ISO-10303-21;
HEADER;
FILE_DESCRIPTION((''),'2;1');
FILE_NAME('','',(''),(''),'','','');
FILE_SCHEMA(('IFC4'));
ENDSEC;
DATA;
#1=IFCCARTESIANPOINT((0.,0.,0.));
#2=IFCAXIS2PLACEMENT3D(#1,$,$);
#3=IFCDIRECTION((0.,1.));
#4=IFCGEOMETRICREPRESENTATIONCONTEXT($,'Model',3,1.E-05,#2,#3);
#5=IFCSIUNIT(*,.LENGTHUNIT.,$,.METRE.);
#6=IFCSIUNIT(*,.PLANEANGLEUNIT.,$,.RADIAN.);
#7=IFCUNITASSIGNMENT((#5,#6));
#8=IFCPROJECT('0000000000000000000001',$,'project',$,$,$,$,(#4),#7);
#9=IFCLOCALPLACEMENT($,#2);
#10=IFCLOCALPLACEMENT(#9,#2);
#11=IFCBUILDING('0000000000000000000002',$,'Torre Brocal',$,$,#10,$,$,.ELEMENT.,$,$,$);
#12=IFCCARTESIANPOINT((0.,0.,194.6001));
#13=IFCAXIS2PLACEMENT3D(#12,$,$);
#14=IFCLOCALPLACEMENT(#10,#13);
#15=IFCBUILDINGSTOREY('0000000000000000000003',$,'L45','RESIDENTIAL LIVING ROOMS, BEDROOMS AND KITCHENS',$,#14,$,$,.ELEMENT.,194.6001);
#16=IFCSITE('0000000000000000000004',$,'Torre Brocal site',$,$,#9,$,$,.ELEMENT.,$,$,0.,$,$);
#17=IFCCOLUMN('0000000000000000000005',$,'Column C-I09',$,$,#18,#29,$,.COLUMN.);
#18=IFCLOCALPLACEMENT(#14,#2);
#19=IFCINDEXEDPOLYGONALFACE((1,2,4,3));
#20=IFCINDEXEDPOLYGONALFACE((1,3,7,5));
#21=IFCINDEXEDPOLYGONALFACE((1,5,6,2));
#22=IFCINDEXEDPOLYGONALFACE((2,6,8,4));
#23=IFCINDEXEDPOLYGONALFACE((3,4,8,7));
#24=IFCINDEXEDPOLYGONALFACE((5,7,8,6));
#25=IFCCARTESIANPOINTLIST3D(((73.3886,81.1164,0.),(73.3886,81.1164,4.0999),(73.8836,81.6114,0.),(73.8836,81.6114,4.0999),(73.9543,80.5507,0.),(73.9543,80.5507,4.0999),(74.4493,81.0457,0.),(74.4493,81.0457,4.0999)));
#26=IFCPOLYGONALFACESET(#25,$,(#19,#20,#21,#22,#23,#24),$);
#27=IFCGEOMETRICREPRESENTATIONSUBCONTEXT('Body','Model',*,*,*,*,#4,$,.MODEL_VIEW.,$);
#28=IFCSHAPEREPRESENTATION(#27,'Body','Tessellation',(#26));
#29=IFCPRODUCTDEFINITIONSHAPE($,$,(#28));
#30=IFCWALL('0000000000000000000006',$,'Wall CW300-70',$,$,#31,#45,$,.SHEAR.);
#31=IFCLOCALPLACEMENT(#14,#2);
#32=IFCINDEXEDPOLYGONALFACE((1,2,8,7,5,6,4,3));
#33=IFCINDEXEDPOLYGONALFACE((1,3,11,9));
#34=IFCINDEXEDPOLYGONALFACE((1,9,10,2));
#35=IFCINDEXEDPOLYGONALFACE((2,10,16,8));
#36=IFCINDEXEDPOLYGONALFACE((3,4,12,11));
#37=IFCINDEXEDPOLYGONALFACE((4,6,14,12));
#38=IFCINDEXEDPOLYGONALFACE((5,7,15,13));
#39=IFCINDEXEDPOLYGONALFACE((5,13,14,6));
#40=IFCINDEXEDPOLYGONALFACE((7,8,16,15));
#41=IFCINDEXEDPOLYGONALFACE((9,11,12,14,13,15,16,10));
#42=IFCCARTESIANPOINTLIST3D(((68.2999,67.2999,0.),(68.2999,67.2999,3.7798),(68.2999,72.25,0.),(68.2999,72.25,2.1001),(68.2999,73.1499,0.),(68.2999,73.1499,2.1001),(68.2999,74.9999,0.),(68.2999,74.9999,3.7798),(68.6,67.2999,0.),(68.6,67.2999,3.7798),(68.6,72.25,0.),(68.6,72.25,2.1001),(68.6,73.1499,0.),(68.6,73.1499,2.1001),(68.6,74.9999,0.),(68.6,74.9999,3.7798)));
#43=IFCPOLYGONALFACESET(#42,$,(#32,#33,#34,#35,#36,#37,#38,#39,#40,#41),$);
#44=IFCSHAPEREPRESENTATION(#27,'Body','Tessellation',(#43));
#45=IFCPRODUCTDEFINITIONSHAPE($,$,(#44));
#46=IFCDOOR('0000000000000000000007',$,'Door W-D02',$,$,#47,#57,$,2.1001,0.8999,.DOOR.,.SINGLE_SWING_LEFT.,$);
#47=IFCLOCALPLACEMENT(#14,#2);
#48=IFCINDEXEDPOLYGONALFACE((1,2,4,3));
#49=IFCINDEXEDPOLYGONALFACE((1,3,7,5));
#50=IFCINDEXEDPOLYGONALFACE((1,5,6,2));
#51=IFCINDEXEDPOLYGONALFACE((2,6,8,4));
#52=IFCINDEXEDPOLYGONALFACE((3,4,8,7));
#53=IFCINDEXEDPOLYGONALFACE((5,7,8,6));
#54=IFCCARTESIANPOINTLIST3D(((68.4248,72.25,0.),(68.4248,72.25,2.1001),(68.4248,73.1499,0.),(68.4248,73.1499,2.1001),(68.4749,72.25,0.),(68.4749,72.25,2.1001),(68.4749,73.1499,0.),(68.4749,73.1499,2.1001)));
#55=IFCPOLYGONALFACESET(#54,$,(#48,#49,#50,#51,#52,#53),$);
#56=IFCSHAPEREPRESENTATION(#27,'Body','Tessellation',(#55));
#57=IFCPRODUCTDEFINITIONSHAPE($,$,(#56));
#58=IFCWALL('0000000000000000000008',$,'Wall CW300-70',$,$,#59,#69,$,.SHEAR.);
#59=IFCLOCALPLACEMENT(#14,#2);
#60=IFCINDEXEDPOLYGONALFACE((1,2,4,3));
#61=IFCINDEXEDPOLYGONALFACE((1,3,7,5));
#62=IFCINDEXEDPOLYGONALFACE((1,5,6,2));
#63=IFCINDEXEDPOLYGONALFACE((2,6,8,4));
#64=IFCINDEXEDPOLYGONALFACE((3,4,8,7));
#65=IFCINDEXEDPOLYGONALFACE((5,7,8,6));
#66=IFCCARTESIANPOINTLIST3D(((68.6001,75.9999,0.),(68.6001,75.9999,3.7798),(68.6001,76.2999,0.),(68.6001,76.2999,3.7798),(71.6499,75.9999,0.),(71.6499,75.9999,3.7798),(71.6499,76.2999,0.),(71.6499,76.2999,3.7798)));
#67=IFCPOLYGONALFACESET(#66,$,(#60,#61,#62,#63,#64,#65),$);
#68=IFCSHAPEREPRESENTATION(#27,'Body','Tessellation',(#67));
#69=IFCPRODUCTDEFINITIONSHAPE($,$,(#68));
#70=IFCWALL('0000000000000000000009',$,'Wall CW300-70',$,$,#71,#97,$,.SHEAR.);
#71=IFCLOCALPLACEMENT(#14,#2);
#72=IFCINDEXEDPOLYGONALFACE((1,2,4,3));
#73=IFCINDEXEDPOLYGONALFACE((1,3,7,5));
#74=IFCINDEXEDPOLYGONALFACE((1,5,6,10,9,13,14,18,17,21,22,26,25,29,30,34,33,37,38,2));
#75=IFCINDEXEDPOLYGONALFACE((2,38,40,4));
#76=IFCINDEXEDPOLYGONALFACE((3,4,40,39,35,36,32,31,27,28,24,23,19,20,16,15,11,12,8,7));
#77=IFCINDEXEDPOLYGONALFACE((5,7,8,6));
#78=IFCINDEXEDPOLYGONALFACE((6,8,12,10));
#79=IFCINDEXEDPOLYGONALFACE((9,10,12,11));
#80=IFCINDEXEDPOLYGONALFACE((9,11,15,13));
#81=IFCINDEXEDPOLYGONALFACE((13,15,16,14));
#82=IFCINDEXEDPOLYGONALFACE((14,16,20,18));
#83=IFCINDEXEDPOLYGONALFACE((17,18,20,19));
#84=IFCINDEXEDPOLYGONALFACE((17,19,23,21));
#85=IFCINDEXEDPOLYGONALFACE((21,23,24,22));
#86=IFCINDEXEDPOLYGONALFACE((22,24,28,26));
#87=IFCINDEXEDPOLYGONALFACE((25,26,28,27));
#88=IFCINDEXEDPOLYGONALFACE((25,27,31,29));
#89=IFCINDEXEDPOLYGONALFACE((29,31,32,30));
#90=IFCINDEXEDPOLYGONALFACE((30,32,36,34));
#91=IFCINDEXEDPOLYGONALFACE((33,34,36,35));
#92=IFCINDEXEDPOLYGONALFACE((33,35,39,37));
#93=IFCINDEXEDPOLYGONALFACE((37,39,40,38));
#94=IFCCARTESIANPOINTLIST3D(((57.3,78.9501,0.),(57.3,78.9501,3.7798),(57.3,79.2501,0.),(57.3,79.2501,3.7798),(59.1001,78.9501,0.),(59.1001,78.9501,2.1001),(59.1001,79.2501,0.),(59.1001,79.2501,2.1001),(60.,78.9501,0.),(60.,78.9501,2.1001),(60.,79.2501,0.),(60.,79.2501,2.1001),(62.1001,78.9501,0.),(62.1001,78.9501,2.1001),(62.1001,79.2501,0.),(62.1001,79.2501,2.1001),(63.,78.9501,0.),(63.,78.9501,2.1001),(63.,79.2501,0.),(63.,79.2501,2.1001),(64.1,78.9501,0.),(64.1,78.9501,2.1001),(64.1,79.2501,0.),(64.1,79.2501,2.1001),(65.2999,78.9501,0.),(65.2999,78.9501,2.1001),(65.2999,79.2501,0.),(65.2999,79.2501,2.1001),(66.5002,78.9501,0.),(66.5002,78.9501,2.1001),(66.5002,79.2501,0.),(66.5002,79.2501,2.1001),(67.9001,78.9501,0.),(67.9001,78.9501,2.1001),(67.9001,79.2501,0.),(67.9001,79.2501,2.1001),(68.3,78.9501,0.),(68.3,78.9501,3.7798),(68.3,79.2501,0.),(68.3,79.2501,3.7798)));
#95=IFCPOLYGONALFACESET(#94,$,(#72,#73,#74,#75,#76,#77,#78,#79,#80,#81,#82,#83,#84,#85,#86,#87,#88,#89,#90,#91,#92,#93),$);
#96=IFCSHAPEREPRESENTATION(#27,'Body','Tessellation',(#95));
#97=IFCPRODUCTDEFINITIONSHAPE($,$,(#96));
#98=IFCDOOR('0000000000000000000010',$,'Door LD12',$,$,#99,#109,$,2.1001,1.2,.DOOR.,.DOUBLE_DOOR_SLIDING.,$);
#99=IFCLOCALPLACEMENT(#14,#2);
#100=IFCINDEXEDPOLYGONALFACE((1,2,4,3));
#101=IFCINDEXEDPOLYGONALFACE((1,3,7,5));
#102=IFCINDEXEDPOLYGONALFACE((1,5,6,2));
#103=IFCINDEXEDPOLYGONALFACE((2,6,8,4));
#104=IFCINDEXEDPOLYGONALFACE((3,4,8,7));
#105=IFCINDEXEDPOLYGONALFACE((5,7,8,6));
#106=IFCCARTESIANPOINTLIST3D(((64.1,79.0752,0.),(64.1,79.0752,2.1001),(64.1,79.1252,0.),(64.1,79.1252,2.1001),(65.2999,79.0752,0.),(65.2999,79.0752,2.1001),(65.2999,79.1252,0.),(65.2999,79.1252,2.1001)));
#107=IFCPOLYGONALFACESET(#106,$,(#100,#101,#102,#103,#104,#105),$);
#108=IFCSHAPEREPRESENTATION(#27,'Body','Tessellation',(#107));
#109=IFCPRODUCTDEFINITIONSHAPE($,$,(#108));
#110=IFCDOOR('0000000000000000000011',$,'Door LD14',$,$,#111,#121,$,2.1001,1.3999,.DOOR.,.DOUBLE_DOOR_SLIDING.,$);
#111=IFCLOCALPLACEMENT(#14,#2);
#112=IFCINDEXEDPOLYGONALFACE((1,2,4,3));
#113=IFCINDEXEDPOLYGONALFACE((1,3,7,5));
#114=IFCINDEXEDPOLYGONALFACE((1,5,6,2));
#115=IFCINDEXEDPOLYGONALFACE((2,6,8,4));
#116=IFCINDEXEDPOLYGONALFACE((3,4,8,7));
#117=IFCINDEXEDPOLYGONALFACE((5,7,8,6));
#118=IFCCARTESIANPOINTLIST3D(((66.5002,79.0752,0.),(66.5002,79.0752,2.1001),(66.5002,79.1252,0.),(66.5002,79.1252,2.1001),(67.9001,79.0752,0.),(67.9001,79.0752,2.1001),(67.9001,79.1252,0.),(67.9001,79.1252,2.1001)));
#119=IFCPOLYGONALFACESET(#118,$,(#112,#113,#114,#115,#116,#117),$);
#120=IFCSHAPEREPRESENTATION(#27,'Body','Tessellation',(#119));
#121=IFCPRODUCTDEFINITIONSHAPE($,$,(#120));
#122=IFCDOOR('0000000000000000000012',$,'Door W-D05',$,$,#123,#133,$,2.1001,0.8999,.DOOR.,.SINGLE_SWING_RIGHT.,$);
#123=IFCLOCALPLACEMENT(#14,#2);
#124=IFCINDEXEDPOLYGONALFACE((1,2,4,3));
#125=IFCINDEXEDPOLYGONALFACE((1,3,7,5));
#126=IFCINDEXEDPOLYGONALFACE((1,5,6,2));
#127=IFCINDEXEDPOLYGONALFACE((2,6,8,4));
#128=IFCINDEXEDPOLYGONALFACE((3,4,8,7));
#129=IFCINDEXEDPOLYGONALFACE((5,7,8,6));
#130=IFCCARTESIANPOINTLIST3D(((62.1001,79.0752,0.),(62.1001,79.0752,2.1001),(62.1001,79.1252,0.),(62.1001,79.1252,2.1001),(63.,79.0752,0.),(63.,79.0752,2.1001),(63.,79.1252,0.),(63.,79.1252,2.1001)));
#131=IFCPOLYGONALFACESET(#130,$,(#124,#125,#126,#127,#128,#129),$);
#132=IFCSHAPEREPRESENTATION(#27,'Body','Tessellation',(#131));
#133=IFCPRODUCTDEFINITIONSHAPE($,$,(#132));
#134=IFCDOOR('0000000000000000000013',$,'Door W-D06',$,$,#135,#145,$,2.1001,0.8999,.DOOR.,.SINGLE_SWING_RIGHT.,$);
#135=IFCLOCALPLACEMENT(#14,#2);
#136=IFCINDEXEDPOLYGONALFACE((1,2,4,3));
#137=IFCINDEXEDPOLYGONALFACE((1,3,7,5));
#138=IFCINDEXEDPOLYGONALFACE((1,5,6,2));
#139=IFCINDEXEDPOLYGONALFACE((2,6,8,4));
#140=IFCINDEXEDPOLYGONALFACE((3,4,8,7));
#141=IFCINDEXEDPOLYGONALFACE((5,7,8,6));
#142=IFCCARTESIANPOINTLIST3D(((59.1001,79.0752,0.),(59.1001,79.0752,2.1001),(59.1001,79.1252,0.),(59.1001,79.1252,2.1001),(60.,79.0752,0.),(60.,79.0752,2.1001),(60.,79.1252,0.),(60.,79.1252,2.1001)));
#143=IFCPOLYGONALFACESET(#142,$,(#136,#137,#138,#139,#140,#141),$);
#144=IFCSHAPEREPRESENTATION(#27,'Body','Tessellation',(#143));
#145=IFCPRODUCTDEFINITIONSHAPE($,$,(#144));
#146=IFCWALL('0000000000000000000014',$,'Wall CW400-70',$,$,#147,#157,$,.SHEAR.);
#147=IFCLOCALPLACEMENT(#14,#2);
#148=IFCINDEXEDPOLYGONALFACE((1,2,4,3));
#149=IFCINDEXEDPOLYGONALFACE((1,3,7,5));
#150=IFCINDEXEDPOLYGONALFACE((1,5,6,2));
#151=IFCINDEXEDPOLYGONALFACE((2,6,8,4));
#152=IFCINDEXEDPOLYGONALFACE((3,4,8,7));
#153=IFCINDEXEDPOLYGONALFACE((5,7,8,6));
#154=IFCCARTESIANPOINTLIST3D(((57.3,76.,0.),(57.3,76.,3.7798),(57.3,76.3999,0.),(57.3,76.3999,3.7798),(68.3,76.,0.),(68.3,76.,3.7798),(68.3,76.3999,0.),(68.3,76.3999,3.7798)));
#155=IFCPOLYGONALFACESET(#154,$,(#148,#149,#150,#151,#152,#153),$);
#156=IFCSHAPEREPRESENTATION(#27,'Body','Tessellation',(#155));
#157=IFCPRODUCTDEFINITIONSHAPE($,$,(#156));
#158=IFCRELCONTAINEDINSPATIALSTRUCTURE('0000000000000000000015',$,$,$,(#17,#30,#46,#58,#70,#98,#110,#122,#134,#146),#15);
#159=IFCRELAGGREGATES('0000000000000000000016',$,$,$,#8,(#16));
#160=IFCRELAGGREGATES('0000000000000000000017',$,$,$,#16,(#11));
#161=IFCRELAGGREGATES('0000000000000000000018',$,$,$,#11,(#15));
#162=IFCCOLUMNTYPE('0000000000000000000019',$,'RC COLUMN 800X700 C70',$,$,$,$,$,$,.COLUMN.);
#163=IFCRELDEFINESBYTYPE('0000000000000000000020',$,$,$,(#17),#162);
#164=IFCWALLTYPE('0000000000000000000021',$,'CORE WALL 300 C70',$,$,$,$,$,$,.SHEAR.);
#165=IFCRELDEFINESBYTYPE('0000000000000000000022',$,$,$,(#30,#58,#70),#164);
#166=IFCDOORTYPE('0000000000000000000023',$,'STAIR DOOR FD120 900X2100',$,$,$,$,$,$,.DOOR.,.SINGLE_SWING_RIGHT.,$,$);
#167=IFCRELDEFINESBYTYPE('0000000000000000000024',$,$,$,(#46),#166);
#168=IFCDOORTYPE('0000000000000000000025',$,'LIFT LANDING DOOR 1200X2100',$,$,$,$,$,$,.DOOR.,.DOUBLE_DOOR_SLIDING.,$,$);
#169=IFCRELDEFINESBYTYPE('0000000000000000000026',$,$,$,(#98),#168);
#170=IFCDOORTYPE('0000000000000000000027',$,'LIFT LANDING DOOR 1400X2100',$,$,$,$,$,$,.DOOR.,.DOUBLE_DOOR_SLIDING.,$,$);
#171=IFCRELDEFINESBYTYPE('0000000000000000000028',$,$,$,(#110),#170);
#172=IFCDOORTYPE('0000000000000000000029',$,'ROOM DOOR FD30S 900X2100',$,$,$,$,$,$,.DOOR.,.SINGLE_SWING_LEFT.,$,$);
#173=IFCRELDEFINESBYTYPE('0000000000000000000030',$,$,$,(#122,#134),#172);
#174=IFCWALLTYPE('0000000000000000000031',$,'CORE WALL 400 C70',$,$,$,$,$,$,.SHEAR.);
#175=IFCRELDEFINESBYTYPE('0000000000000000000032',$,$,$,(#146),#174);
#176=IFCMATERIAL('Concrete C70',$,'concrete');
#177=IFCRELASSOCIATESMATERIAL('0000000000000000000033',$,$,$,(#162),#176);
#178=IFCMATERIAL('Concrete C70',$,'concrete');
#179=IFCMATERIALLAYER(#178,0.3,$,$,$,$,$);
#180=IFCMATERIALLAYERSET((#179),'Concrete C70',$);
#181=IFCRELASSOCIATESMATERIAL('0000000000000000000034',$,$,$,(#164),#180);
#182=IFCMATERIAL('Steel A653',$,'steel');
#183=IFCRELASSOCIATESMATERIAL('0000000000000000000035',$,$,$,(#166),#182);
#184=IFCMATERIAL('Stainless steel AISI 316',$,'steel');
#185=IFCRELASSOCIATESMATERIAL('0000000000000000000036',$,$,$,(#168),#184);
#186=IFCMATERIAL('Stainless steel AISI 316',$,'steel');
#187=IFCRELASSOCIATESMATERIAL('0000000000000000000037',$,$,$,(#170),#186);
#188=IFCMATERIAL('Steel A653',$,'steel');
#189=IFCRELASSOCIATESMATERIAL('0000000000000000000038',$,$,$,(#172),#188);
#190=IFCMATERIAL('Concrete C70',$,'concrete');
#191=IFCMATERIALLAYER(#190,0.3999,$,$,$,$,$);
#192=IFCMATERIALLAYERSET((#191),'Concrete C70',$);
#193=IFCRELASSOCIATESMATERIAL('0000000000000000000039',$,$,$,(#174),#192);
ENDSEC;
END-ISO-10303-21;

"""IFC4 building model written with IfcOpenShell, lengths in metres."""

from ifc_helpers import new_model, si_unit, direction, frame, frame_2d, origin, origin_2d, place, context, subcontext, project, spatial, rectangle, extrude, material, layer, layer_set, material_profile, profile_set, type_object, element, fill, save


model = new_model("IFC4")

# Units and contexts
model_context = context("Model", 3, precision=1e-05, world=origin(), true_north=direction((0.0, 1.0)))
body_context = subcontext(model_context, "Body", "Model", "MODEL_VIEW")
ifc_project = project(units=[si_unit("LENGTHUNIT", "METRE"), si_unit("PLANEANGLEUNIT", "RADIAN")], contexts=[model_context])

# Site, building, storey
site_placement = place(None, origin())
site = spatial("IfcSite", under=ifc_project, at=site_placement, Name="Torre Brocal site", CompositionType="ELEMENT", RefElevation=0.0)
building_placement = place(site_placement, origin())
building = spatial("IfcBuilding", under=site, at=building_placement, Name="Torre Brocal", CompositionType="ELEMENT")
storey_placement = place(building_placement, frame((0.0, 0.0, 194.6001)))
storey = spatial("IfcBuildingStorey", under=building, at=storey_placement, Name="L45", Description="RESIDENTIAL LIVING ROOMS, BEDROOMS AND KITCHENS", CompositionType="ELEMENT", Elevation=194.6001)

# Column
ifc_material_1 = material(Name="Concrete C70", Category="concrete")
ifc_material_profile = material_profile(ifc_material_1, rectangle(XDim=0.8, YDim=0.7, at=origin_2d()), Name="RC 800X700")
ifc_profile_set = profile_set([ifc_material_profile], Name="Concrete C70")
column_type = type_object("IfcColumnType", Name="RC COLUMN 800X700 C70", PredefinedType="COLUMN", material=ifc_profile_set)
column_placement = place(storey_placement, frame((73.9189, 81.0811, 0.0), z_axis=(0.0, 0.0, 1.0), x_axis=(-0.707107, 0.707107, 0.0)))
element("IfcColumn", 1, at=column_placement, inside=storey, type_object=column_type, Name="Column C-I09", PredefinedType="COLUMN", context=body_context, shape_type="SweptSolid", body=[
    extrude(rectangle(XDim=0.8, YDim=0.7, at=origin_2d()), origin(), (0.0, 0.0, 1.0), 4.0999),
])

# Wall, opening, door
ifc_material_2 = material(Name="Concrete C70", Category="concrete")
ifc_layer_1 = layer(ifc_material_2, 0.3)
ifc_layer_set_1 = layer_set([ifc_layer_1], Name="Concrete C70")
wall_type_1 = type_object("IfcWallType", Name="CORE WALL 300 C70", PredefinedType="SHEAR", material=ifc_layer_set_1)
wall_1_placement = place(storey_placement, frame((68.45, 75.0, 0.0), z_axis=(0.0, 0.0, 1.0), x_axis=(0.0, -1.0, 0.0)))
wall_1 = element("IfcWall", 2, at=wall_1_placement, inside=storey, type_object=wall_type_1, Name="Wall CW300-70", PredefinedType="SHEAR", context=body_context, shape_type="SweptSolid", body=[
    extrude(rectangle(XDim=7.7, YDim=0.3, at=frame_2d((3.8501, 0.0))), origin(), (0.0, 0.0, 1.0), 3.7798),
])
opening_1_placement = place(wall_1_placement, frame((1.8501, 0.0, 0.0)))
opening_1 = element("IfcOpeningElement", 3, at=opening_1_placement, cuts=wall_1, PredefinedType="OPENING", context=body_context, shape_type="SweptSolid", body=[
    extrude(rectangle(XDim=0.8999, YDim=2.1001, at=frame_2d((0.45, 1.05))), frame((0.0, 0.1599, 0.0), z_axis=(0.0, -1.0, 0.0), x_axis=(1.0, 0.0, 0.0)), (0.0, 0.0, 1.0), 0.3201),
])
ifc_material_3 = material(Name="Steel A653", Category="steel")
door_type_1 = type_object("IfcDoorType", Name="STAIR DOOR FD120 900X2100", OperationType="SINGLE_SWING_RIGHT", PredefinedType="DOOR", material=ifc_material_3)
door_1_placement = place(opening_1_placement, origin())
door_1 = element("IfcDoor", 4, at=door_1_placement, inside=storey, type_object=door_type_1, Name="Door W-D02", OperationType="SINGLE_SWING_LEFT", OverallHeight=2.1001, OverallWidth=0.8999, PredefinedType="DOOR", context=body_context, shape_type="SweptSolid", body=[
    extrude(rectangle(XDim=0.8999, YDim=2.1001, at=frame_2d((0.45, 1.05))), frame((0.0, 0.0249, 0.0), z_axis=(0.0, -1.0, 0.0), x_axis=(1.0, 0.0, 0.0)), (0.0, 0.0, 1.0), 0.05),
])
fill(opening_1, door_1)

# Wall
wall_2_placement = place(storey_placement, frame((71.6499, 76.1499, 0.0), z_axis=(0.0, 0.0, 1.0), x_axis=(-1.0, 0.0, 0.0)))
element("IfcWall", 5, at=wall_2_placement, inside=storey, type_object=wall_type_1, Name="Wall CW300-70", PredefinedType="SHEAR", context=body_context, shape_type="SweptSolid", body=[
    extrude(rectangle(XDim=3.0498, YDim=0.3, at=frame_2d((1.5249, 0.0))), origin(), (0.0, 0.0, 1.0), 3.7798),
])

# Wall, openings, doors
wall_3_placement = place(storey_placement, frame((68.3, 79.1001, 0.0), z_axis=(0.0, 0.0, 1.0), x_axis=(-1.0, 0.0, 0.0)))
wall_3 = element("IfcWall", 6, at=wall_3_placement, inside=storey, type_object=wall_type_1, Name="Wall CW300-70", PredefinedType="SHEAR", context=body_context, shape_type="SweptSolid", body=[
    extrude(rectangle(XDim=11.0, YDim=0.3, at=frame_2d((5.5, 0.0))), origin(), (0.0, 0.0, 1.0), 3.7798),
])
opening_2_placement = place(wall_3_placement, frame((0.3999, 0.0, 0.0)))
opening_2 = element("IfcOpeningElement", 7, at=opening_2_placement, cuts=wall_3, PredefinedType="OPENING", context=body_context, shape_type="SweptSolid", body=[
    extrude(rectangle(XDim=1.3999, YDim=2.1001, at=frame_2d((0.7, 1.05))), frame((0.0, 0.1599, 0.0), z_axis=(0.0, -1.0, 0.0), x_axis=(1.0, 0.0, 0.0)), (0.0, 0.0, 1.0), 0.3201),
])
opening_3_placement = place(wall_3_placement, frame((3.0, 0.0, 0.0)))
opening_3 = element("IfcOpeningElement", 8, at=opening_3_placement, cuts=wall_3, PredefinedType="OPENING", context=body_context, shape_type="SweptSolid", body=[
    extrude(rectangle(XDim=1.2, YDim=2.1001, at=frame_2d((0.6001, 1.05))), frame((0.0, 0.1599, 0.0), z_axis=(0.0, -1.0, 0.0), x_axis=(1.0, 0.0, 0.0)), (0.0, 0.0, 1.0), 0.3201),
])
opening_4_placement = place(wall_3_placement, frame((5.3, 0.0, 0.0)))
opening_4 = element("IfcOpeningElement", 9, at=opening_4_placement, cuts=wall_3, PredefinedType="OPENING", context=body_context, shape_type="SweptSolid", body=[
    extrude(rectangle(XDim=0.8999, YDim=2.1001, at=frame_2d((0.45, 1.05))), frame((0.0, 0.1599, 0.0), z_axis=(0.0, -1.0, 0.0), x_axis=(1.0, 0.0, 0.0)), (0.0, 0.0, 1.0), 0.3201),
])
opening_5_placement = place(wall_3_placement, frame((8.3, 0.0, 0.0)))
opening_5 = element("IfcOpeningElement", 10, at=opening_5_placement, cuts=wall_3, PredefinedType="OPENING", context=body_context, shape_type="SweptSolid", body=[
    extrude(rectangle(XDim=0.8999, YDim=2.1001, at=frame_2d((0.45, 1.05))), frame((0.0, 0.1599, 0.0), z_axis=(0.0, -1.0, 0.0), x_axis=(1.0, 0.0, 0.0)), (0.0, 0.0, 1.0), 0.3201),
])
ifc_material_4 = material(Name="Stainless steel AISI 316", Category="steel")
door_type_2 = type_object("IfcDoorType", Name="LIFT LANDING DOOR 1200X2100", OperationType="DOUBLE_DOOR_SLIDING", PredefinedType="DOOR", material=ifc_material_4)
door_2_placement = place(opening_3_placement, origin())
door_2 = element("IfcDoor", 11, at=door_2_placement, inside=storey, type_object=door_type_2, Name="Door LD12", OperationType="DOUBLE_DOOR_SLIDING", OverallHeight=2.1001, OverallWidth=1.2, PredefinedType="DOOR", context=body_context, shape_type="SweptSolid", body=[
    extrude(rectangle(XDim=1.2, YDim=2.1001, at=frame_2d((0.6001, 1.05))), frame((0.0, 0.0249, 0.0), z_axis=(0.0, -1.0, 0.0), x_axis=(1.0, 0.0, 0.0)), (0.0, 0.0, 1.0), 0.05),
])
fill(opening_3, door_2)
ifc_material_5 = material(Name="Stainless steel AISI 316", Category="steel")
door_type_3 = type_object("IfcDoorType", Name="LIFT LANDING DOOR 1400X2100", OperationType="DOUBLE_DOOR_SLIDING", PredefinedType="DOOR", material=ifc_material_5)
door_3_placement = place(opening_2_placement, origin())
door_3 = element("IfcDoor", 12, at=door_3_placement, inside=storey, type_object=door_type_3, Name="Door LD14", OperationType="DOUBLE_DOOR_SLIDING", OverallHeight=2.1001, OverallWidth=1.3999, PredefinedType="DOOR", context=body_context, shape_type="SweptSolid", body=[
    extrude(rectangle(XDim=1.3999, YDim=2.1001, at=frame_2d((0.7, 1.05))), frame((0.0, 0.0249, 0.0), z_axis=(0.0, -1.0, 0.0), x_axis=(1.0, 0.0, 0.0)), (0.0, 0.0, 1.0), 0.05),
])
fill(opening_2, door_3)
ifc_material_6 = material(Name="Steel A653", Category="steel")
door_type_4 = type_object("IfcDoorType", Name="ROOM DOOR FD30S 900X2100", OperationType="SINGLE_SWING_LEFT", PredefinedType="DOOR", material=ifc_material_6)
door_4_placement = place(opening_4_placement, origin())
door_4 = element("IfcDoor", 13, at=door_4_placement, inside=storey, type_object=door_type_4, Name="Door W-D05", OperationType="SINGLE_SWING_RIGHT", OverallHeight=2.1001, OverallWidth=0.8999, PredefinedType="DOOR", context=body_context, shape_type="SweptSolid", body=[
    extrude(rectangle(XDim=0.8999, YDim=2.1001, at=frame_2d((0.45, 1.05))), frame((0.0, 0.0249, 0.0), z_axis=(0.0, -1.0, 0.0), x_axis=(1.0, 0.0, 0.0)), (0.0, 0.0, 1.0), 0.05),
])
fill(opening_4, door_4)
door_5_placement = place(opening_5_placement, origin())
door_5 = element("IfcDoor", 14, at=door_5_placement, inside=storey, type_object=door_type_4, Name="Door W-D06", OperationType="SINGLE_SWING_RIGHT", OverallHeight=2.1001, OverallWidth=0.8999, PredefinedType="DOOR", context=body_context, shape_type="SweptSolid", body=[
    extrude(rectangle(XDim=0.8999, YDim=2.1001, at=frame_2d((0.45, 1.05))), frame((0.0, 0.0249, 0.0), z_axis=(0.0, -1.0, 0.0), x_axis=(1.0, 0.0, 0.0)), (0.0, 0.0, 1.0), 0.05),
])
fill(opening_5, door_5)

# Wall
ifc_material_7 = material(Name="Concrete C70", Category="concrete")
ifc_layer_2 = layer(ifc_material_7, 0.3999)
ifc_layer_set_2 = layer_set([ifc_layer_2], Name="Concrete C70")
wall_type_2 = type_object("IfcWallType", Name="CORE WALL 400 C70", PredefinedType="SHEAR", material=ifc_layer_set_2)
wall_4_placement = place(storey_placement, frame((68.3, 76.2, 0.0), z_axis=(0.0, 0.0, 1.0), x_axis=(-1.0, 0.0, 0.0)))
element("IfcWall", 15, at=wall_4_placement, inside=storey, type_object=wall_type_2, Name="Wall CW400-70", PredefinedType="SHEAR", context=body_context, shape_type="SweptSolid", body=[
    extrude(rectangle(XDim=11.0, YDim=0.3999, at=frame_2d((5.5, 0.0))), origin(), (0.0, 0.0, 1.0), 3.7798),
])

save(model, "model.ifc")
